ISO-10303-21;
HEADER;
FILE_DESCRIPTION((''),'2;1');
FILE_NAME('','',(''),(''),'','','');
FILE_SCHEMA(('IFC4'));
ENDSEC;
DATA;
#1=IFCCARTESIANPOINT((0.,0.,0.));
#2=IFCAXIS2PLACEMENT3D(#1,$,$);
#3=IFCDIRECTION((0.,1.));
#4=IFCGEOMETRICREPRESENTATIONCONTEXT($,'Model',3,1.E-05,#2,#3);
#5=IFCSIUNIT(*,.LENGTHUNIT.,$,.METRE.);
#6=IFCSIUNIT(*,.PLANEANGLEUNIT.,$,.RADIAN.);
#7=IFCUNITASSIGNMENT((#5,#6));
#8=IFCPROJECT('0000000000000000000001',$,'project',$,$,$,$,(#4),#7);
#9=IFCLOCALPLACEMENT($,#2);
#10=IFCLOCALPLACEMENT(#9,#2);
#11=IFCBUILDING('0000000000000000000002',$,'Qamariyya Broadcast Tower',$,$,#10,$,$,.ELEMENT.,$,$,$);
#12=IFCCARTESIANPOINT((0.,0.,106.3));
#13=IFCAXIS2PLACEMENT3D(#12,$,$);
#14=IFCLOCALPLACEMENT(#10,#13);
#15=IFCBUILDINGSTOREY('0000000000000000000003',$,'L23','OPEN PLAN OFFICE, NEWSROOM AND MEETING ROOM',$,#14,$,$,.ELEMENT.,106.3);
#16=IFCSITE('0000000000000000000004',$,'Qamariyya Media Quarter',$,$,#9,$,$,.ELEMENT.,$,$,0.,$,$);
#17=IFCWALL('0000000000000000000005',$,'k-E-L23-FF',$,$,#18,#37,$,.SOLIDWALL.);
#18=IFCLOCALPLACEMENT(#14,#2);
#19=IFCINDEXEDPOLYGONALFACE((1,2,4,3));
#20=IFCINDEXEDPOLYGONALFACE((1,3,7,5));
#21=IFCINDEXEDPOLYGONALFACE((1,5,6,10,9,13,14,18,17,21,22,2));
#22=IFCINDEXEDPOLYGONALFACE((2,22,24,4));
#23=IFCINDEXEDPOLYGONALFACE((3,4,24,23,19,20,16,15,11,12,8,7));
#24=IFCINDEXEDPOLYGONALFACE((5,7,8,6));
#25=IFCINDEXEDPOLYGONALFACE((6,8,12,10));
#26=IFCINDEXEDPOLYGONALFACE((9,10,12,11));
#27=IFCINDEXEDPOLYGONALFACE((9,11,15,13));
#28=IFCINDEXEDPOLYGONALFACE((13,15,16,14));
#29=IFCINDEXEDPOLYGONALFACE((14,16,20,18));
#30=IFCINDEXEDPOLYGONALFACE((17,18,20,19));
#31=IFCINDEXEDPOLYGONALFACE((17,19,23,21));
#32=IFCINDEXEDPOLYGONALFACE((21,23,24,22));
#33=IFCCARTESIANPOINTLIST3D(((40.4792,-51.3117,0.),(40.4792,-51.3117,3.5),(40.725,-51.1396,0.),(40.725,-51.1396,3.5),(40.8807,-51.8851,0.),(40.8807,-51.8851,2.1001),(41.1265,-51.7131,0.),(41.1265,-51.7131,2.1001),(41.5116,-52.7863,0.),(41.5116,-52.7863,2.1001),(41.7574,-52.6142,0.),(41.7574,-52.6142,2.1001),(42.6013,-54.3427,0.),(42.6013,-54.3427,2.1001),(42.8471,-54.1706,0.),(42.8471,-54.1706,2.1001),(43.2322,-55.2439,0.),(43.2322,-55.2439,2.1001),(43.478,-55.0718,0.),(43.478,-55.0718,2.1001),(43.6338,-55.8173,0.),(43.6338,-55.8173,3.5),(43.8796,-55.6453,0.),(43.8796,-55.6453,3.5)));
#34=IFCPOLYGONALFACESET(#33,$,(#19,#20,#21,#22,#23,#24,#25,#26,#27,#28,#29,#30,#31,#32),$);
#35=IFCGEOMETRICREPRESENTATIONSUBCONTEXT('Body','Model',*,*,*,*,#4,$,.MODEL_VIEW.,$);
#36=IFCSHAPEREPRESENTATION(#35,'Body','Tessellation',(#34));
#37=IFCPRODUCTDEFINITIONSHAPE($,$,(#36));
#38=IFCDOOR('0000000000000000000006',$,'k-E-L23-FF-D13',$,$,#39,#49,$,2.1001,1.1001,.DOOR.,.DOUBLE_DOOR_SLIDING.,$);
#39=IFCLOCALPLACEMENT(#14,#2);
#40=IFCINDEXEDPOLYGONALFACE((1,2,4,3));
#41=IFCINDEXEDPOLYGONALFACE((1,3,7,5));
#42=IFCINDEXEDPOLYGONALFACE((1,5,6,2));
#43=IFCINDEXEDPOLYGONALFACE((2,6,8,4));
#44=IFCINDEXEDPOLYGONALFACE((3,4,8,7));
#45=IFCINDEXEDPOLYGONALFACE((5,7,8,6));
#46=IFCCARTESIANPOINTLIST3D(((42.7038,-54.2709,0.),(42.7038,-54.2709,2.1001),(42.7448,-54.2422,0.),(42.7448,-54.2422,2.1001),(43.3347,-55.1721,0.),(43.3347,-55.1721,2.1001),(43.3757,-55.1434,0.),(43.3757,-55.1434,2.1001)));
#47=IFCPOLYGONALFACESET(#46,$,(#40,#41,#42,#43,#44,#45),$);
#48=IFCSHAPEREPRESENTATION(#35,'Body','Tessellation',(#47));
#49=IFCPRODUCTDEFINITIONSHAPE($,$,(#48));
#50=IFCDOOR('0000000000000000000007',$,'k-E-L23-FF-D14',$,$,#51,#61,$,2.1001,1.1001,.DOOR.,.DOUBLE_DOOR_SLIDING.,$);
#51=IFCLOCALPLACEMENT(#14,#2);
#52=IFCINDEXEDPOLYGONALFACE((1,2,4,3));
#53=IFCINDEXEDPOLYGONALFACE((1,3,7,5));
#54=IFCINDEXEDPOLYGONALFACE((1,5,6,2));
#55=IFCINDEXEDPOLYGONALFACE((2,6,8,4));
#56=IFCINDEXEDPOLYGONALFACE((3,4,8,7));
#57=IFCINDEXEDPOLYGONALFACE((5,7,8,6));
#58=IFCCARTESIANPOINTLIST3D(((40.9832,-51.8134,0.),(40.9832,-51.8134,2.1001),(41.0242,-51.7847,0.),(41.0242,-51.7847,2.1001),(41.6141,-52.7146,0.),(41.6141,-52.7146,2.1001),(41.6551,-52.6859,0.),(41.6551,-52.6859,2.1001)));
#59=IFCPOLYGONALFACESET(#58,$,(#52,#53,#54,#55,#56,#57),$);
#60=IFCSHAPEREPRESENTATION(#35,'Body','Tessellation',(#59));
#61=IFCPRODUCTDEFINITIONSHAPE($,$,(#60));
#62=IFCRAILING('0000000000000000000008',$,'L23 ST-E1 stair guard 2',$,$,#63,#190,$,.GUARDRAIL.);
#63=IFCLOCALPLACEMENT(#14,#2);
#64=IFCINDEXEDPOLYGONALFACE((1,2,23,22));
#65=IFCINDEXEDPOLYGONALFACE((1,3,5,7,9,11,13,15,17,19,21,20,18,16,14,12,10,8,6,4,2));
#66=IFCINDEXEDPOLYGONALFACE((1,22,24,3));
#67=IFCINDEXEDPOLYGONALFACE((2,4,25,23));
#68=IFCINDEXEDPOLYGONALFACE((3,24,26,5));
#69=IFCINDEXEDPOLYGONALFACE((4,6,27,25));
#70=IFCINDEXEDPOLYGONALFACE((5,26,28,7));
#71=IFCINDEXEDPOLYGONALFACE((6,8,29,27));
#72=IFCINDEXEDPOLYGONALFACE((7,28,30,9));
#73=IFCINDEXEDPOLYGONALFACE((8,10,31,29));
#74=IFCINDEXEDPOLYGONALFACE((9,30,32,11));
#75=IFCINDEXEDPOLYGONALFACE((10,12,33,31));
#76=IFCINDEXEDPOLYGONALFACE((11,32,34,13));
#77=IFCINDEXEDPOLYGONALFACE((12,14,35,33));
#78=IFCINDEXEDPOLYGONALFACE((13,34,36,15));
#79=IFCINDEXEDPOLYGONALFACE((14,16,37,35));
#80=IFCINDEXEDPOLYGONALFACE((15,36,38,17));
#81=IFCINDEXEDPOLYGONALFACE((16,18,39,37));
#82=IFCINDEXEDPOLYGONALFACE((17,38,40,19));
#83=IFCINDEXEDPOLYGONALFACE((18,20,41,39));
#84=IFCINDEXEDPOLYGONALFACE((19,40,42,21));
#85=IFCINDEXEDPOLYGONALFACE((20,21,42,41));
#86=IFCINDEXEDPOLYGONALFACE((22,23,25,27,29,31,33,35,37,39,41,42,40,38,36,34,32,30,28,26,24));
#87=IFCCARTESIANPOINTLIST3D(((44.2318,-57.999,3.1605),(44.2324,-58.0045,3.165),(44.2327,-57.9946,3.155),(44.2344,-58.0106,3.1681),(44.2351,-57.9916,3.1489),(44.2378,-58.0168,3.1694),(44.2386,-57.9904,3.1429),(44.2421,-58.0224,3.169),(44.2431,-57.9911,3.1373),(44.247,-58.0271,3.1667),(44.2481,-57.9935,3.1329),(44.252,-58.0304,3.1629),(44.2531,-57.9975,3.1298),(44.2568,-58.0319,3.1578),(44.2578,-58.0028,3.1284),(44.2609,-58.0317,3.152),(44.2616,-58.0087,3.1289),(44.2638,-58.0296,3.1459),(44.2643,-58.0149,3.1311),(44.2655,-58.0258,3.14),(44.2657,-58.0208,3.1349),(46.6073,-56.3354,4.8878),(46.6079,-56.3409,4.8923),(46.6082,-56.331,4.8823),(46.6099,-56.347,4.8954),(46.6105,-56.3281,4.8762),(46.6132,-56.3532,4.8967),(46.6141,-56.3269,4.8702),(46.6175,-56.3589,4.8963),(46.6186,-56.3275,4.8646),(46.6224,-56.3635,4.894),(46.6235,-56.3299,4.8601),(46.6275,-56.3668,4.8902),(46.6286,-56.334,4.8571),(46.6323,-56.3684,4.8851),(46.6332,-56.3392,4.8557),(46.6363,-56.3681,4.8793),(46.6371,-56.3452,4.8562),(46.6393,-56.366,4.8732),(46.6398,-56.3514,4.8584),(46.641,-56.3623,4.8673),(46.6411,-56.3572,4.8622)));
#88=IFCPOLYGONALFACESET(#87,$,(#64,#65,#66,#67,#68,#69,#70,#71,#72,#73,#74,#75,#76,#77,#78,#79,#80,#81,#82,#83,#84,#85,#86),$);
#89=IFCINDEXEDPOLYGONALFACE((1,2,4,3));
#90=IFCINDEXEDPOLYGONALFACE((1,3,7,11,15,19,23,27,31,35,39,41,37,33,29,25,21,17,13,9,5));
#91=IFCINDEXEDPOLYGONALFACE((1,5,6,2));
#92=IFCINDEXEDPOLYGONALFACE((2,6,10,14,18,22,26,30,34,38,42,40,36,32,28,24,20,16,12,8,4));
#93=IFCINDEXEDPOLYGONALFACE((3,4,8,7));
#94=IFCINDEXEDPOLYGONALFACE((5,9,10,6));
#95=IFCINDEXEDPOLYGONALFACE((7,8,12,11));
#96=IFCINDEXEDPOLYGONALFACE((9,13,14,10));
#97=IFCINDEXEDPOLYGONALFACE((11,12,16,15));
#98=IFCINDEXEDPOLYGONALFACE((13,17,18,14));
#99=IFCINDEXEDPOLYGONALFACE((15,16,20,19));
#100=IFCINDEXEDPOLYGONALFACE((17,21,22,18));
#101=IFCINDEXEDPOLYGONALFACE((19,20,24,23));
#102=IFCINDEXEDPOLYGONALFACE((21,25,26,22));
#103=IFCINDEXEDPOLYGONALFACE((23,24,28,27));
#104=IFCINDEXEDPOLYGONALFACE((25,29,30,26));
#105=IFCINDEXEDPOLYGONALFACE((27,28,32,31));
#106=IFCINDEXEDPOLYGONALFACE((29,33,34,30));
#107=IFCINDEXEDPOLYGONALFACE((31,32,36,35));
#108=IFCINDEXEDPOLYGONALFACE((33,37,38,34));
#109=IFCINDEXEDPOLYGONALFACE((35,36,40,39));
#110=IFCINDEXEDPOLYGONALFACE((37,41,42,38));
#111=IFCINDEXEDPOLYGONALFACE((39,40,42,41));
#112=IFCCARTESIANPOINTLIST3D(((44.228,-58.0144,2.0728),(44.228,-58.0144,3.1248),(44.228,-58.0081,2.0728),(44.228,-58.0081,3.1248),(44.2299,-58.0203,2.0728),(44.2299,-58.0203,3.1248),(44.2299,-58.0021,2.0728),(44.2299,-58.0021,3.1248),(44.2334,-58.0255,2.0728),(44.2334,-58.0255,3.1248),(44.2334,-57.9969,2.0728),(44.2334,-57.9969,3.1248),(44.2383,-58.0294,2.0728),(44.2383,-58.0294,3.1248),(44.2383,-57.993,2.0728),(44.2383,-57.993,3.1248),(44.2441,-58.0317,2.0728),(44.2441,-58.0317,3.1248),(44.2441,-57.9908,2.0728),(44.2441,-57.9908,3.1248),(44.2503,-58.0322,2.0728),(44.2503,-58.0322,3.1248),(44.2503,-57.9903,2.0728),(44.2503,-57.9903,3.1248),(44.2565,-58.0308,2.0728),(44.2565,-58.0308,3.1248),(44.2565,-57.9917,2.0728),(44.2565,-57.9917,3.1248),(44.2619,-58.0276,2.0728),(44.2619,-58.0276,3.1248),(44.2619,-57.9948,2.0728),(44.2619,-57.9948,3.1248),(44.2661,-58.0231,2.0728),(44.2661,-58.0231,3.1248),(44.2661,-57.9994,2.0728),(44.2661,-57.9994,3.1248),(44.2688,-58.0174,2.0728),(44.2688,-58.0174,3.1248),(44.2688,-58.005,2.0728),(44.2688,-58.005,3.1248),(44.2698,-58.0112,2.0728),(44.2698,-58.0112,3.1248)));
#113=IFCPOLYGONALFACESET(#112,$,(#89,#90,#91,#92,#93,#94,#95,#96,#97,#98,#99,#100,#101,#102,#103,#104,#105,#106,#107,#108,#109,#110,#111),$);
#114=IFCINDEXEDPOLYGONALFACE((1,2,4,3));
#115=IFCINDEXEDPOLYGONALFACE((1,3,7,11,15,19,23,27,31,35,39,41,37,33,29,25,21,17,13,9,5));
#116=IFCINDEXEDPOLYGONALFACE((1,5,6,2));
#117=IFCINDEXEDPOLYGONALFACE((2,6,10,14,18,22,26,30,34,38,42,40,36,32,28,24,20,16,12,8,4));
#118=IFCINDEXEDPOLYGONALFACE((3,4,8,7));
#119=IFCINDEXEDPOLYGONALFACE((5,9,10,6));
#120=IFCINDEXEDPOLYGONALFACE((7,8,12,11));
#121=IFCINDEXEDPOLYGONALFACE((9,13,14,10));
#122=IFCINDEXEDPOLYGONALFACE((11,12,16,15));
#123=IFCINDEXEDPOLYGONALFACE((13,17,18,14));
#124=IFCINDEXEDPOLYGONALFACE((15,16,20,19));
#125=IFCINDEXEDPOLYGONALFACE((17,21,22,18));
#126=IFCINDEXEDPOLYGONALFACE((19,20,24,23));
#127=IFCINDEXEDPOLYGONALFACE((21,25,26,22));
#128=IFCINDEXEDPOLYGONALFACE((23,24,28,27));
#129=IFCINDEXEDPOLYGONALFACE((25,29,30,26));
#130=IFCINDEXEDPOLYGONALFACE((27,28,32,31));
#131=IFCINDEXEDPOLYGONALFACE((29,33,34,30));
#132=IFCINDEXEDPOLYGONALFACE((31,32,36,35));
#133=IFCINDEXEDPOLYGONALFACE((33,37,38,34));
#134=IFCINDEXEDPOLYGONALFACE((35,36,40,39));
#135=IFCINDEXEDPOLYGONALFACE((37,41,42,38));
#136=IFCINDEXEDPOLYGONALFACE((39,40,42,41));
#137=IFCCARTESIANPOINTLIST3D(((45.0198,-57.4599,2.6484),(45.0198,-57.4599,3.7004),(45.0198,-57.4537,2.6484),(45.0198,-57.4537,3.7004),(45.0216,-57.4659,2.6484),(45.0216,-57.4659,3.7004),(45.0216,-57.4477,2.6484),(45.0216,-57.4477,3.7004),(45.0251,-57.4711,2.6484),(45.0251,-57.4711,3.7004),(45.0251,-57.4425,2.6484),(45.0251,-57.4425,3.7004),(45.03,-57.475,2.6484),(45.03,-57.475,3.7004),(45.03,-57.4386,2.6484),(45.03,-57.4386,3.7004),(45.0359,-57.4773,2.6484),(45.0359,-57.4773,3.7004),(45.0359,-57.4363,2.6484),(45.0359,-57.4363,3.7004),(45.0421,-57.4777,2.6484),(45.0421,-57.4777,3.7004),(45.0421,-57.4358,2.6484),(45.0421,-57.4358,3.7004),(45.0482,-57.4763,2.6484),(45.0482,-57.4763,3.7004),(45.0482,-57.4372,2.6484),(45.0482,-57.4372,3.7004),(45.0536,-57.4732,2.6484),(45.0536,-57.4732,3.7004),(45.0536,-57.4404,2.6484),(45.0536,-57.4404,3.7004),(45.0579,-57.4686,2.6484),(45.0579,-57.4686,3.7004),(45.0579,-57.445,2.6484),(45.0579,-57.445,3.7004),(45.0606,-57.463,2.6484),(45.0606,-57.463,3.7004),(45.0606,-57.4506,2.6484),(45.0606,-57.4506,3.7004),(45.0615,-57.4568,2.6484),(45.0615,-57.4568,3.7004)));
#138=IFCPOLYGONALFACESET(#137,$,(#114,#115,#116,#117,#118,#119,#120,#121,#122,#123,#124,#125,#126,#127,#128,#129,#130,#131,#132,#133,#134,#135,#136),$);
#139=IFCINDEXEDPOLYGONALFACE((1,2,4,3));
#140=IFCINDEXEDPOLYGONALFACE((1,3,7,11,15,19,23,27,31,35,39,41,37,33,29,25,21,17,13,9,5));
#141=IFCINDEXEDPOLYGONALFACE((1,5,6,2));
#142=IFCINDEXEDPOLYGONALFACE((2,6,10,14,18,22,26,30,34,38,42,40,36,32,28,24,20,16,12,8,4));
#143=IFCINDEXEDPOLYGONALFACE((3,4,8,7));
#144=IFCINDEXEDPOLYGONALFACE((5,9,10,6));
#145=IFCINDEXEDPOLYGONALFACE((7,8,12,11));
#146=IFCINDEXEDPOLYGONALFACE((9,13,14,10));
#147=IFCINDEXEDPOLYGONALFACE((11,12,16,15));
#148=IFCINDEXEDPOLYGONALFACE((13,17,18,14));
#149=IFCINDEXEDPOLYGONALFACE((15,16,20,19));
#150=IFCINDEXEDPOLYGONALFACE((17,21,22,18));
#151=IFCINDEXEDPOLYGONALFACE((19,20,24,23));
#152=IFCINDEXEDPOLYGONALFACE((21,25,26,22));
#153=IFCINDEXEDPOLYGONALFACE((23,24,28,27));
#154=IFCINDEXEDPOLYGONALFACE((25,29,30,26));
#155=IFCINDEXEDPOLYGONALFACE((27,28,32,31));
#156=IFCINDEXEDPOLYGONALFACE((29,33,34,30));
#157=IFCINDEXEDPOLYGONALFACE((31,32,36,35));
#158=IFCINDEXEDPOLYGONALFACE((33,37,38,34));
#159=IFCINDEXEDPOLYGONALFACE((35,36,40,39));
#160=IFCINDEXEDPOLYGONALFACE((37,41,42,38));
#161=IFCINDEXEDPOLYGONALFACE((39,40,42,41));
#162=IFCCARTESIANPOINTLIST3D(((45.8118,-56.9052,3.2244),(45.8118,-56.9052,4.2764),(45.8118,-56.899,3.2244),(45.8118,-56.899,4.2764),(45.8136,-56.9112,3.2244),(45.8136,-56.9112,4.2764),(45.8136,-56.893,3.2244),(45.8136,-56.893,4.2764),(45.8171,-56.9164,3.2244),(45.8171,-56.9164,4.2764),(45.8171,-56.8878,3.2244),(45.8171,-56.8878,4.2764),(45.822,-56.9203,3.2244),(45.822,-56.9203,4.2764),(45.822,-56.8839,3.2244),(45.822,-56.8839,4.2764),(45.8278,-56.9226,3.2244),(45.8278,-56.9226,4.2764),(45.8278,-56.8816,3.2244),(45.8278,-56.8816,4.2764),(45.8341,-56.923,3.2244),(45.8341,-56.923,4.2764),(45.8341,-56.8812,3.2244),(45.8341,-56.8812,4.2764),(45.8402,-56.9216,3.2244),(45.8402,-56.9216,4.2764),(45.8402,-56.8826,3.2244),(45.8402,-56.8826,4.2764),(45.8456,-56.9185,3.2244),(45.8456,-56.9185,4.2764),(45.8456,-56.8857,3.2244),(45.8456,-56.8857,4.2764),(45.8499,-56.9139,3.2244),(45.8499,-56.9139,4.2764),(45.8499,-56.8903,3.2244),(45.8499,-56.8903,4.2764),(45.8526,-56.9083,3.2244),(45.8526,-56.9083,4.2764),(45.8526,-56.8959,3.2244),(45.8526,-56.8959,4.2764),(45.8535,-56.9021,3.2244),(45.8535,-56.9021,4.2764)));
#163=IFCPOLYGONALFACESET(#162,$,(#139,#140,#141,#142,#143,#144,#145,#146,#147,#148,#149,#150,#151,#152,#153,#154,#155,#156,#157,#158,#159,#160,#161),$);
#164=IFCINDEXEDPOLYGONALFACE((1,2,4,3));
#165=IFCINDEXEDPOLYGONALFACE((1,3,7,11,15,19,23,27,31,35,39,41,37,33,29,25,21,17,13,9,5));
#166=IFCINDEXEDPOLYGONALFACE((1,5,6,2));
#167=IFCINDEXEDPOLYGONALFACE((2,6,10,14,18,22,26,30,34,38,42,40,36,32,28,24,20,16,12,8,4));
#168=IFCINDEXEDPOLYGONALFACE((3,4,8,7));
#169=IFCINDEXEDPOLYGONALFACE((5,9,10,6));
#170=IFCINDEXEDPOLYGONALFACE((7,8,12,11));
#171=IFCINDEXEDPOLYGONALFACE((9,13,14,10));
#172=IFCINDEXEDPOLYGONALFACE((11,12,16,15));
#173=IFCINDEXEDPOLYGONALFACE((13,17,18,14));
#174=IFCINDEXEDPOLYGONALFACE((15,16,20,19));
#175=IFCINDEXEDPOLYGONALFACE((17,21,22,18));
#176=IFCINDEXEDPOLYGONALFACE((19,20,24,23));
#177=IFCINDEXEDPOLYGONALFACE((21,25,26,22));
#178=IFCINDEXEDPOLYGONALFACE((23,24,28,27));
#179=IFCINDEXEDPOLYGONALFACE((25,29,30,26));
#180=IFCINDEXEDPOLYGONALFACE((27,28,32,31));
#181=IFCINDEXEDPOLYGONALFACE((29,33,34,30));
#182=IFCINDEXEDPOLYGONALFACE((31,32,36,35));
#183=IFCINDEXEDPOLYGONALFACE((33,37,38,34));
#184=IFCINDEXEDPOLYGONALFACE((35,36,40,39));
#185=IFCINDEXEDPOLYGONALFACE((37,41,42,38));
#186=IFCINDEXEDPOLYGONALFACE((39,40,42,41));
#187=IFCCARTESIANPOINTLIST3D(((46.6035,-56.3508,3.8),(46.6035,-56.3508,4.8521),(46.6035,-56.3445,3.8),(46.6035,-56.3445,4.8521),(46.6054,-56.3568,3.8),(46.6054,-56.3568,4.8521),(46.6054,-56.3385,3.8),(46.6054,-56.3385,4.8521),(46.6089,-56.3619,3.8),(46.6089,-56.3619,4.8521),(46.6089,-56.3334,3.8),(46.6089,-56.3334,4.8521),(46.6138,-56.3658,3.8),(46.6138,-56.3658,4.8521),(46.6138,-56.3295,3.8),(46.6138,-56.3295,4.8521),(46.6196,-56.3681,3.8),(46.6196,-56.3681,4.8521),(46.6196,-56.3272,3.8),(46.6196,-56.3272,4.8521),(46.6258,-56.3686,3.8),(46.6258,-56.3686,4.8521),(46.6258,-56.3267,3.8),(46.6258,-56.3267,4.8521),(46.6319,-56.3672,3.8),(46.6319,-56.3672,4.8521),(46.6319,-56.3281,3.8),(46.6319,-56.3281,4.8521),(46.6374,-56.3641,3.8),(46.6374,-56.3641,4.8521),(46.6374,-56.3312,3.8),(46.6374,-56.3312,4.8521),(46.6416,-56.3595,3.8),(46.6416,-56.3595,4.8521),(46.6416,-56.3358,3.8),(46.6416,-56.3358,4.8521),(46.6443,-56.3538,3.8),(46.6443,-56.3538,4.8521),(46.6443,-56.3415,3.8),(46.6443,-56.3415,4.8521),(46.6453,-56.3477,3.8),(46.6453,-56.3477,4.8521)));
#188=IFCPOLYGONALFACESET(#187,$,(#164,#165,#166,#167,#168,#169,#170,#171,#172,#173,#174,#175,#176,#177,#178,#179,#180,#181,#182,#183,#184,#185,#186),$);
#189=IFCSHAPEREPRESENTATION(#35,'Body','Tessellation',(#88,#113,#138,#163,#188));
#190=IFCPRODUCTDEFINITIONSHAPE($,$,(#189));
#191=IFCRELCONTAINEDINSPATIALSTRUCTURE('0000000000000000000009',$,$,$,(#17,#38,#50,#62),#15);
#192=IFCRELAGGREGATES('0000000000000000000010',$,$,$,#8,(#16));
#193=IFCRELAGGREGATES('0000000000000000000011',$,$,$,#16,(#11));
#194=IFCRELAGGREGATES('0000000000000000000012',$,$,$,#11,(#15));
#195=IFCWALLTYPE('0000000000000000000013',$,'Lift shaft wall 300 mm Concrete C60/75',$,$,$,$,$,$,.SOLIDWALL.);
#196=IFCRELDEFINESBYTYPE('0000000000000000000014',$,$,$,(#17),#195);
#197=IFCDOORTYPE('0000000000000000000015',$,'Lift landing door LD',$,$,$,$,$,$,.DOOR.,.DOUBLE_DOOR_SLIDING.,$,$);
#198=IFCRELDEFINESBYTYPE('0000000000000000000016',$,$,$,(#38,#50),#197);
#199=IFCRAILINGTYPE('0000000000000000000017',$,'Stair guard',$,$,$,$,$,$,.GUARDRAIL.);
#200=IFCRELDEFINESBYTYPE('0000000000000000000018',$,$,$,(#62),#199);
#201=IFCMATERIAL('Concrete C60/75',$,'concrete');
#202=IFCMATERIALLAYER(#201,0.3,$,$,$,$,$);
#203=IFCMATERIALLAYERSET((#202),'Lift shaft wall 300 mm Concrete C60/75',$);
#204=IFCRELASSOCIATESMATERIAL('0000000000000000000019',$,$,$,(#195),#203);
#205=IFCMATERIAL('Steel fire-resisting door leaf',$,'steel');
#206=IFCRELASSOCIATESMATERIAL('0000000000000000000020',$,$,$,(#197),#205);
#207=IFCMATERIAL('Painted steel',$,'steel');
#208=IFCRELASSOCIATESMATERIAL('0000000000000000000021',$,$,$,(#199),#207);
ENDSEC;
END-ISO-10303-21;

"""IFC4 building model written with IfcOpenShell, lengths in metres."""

from ifc_helpers import new_model, si_unit, direction, frame, frame_2d, origin, origin_2d, place, context, subcontext, project, spatial, rectangle, circle, extrude, material, layer, layer_set, type_object, element, fill, save


model = new_model("IFC4")

# Units and contexts
model_context = context("Model", 3, precision=1e-05, world=origin(), true_north=direction((0.0, 1.0)))
body_context = subcontext(model_context, "Body", "Model", "MODEL_VIEW")
ifc_project = project(units=[si_unit("LENGTHUNIT", "METRE"), si_unit("PLANEANGLEUNIT", "RADIAN")], contexts=[model_context])

# Site, building, storey
site_placement = place(None, origin())
site = spatial("IfcSite", under=ifc_project, at=site_placement, Name="Qamariyya Media Quarter", CompositionType="ELEMENT", RefElevation=0.0)
building_placement = place(site_placement, origin())
building = spatial("IfcBuilding", under=site, at=building_placement, Name="Qamariyya Broadcast Tower", CompositionType="ELEMENT")
storey_placement = place(building_placement, frame((0.0, 0.0, 106.3)))
storey = spatial("IfcBuildingStorey", under=building, at=storey_placement, Name="L23", Description="OPEN PLAN OFFICE, NEWSROOM AND MEETING ROOM", CompositionType="ELEMENT", Elevation=106.3)

# Shared definitions
ifc_material_1 = material(Name="Steel fire-resisting door leaf", Category="steel")

# Shared definitions
ifc_material_2 = material(Name="Concrete C60/75", Category="concrete")
ifc_layer_1 = layer(ifc_material_2, 0.3)
ifc_layer_set_1 = layer_set([ifc_layer_1], Name="Lift shaft wall 300 mm Concrete C60/75")
wall_type_1 = type_object("IfcWallType", Name="Lift shaft wall 300 mm Concrete C60/75", PredefinedType="SOLIDWALL", material=ifc_layer_set_1)

# Wall, openings, doors
wall_1_placement = place(storey_placement, frame((43.7566, -55.7312, 0.0), z_axis=(0.0, 0.0, 1.0), x_axis=(-0.573537, 0.81918, 0.0)))
wall_1 = element("IfcWall", 1, at=wall_1_placement, inside=storey, type_object=wall_type_1, Name="k-E-L23-FF", PredefinedType="SOLIDWALL", context=body_context, shape_type="SweptSolid", body=[
    extrude(rectangle(XDim=5.5002, YDim=0.3, at=frame_2d((2.75, 0.0))), origin(), (0.0, 0.0, 1.0), 3.5),
])
opening_1_placement = place(wall_1_placement, frame((0.7, 0.0, 0.0)))
opening_1 = element("IfcOpeningElement", 2, at=opening_1_placement, cuts=wall_1, PredefinedType="OPENING", context=body_context, shape_type="SweptSolid", body=[
    extrude(rectangle(XDim=1.1001, YDim=2.1001, at=frame_2d((0.55, 1.05))), frame((0.0, 0.1599, 0.0), z_axis=(0.0, -1.0, 0.0), x_axis=(1.0, 0.0, 0.0)), (0.0, 0.0, 1.0), 0.3201),
])
opening_2_placement = place(wall_1_placement, frame((3.7, 0.0, 0.0)))
opening_2 = element("IfcOpeningElement", 3, at=opening_2_placement, cuts=wall_1, PredefinedType="OPENING", context=body_context, shape_type="SweptSolid", body=[
    extrude(rectangle(XDim=1.1001, YDim=2.1001, at=frame_2d((0.55, 1.05))), frame((0.0, 0.1599, 0.0), z_axis=(0.0, -1.0, 0.0), x_axis=(1.0, 0.0, 0.0)), (0.0, 0.0, 1.0), 0.3201),
])
door_type_1 = type_object("IfcDoorType", Name="Lift landing door LD", OperationType="DOUBLE_DOOR_SLIDING", PredefinedType="DOOR", material=ifc_material_1)
door_1_placement = place(opening_1_placement, origin())
door_1 = element("IfcDoor", 4, at=door_1_placement, inside=storey, type_object=door_type_1, Name="k-E-L23-FF-D13", OperationType="DOUBLE_DOOR_SLIDING", OverallHeight=2.1001, OverallWidth=1.1001, PredefinedType="DOOR", context=body_context, shape_type="SweptSolid", body=[
    extrude(rectangle(XDim=1.1001, YDim=2.1001, at=frame_2d((0.55, 1.05))), frame((0.0, 0.0249, 0.0), z_axis=(0.0, -1.0, 0.0), x_axis=(1.0, 0.0, 0.0)), (0.0, 0.0, 1.0), 0.05),
])
fill(opening_1, door_1)
door_2_placement = place(opening_2_placement, origin())
door_2 = element("IfcDoor", 5, at=door_2_placement, inside=storey, type_object=door_type_1, Name="k-E-L23-FF-D14", OperationType="DOUBLE_DOOR_SLIDING", OverallHeight=2.1001, OverallWidth=1.1001, PredefinedType="DOOR", context=body_context, shape_type="SweptSolid", body=[
    extrude(rectangle(XDim=1.1001, YDim=2.1001, at=frame_2d((0.55, 1.05))), frame((0.0, 0.0249, 0.0), z_axis=(0.0, -1.0, 0.0), x_axis=(1.0, 0.0, 0.0)), (0.0, 0.0, 1.0), 0.05),
])
fill(opening_2, door_2)

# Railing
ifc_material_3 = material(Name="Painted steel", Category="steel")
railing_type_1 = type_object("IfcRailingType", Name="Stair guard", PredefinedType="GUARDRAIL", material=ifc_material_3)
railing_1_placement = place(storey_placement, frame((44.2488, -58.0112, 2.0728)))
element("IfcRailing", 6, at=railing_1_placement, inside=storey, type_object=railing_type_1, Name="L23 ST-E1 stair guard 2", PredefinedType="GUARDRAIL", context=body_context, shape_type="SweptSolid", body=[
    extrude(circle(Radius=0.0239, at=origin_2d()), frame((0.0, 0.0, 1.0762), z_axis=(0.703745, 0.492838, 0.511716), x_axis=(-0.573632, 0.819113, 0.0)), (0.0, 0.0, 1.0), 3.3755),
    extrude(circle(Radius=0.021, at=origin_2d()), origin(), (0.0, 0.0, 1.0), 1.052),
    extrude(circle(Radius=0.021, at=origin_2d()), frame((0.7917, 0.5544, 0.5757)), (0.0, 0.0, 1.0), 1.052),
    extrude(circle(Radius=0.021, at=origin_2d()), frame((1.5837, 1.1091, 1.1516)), (0.0, 0.0, 1.0), 1.052),
    extrude(circle(Radius=0.021, at=origin_2d()), frame((2.3755, 1.6636, 1.7273)), (0.0, 0.0, 1.0), 1.052),
])

save(model, "model.ifc")
